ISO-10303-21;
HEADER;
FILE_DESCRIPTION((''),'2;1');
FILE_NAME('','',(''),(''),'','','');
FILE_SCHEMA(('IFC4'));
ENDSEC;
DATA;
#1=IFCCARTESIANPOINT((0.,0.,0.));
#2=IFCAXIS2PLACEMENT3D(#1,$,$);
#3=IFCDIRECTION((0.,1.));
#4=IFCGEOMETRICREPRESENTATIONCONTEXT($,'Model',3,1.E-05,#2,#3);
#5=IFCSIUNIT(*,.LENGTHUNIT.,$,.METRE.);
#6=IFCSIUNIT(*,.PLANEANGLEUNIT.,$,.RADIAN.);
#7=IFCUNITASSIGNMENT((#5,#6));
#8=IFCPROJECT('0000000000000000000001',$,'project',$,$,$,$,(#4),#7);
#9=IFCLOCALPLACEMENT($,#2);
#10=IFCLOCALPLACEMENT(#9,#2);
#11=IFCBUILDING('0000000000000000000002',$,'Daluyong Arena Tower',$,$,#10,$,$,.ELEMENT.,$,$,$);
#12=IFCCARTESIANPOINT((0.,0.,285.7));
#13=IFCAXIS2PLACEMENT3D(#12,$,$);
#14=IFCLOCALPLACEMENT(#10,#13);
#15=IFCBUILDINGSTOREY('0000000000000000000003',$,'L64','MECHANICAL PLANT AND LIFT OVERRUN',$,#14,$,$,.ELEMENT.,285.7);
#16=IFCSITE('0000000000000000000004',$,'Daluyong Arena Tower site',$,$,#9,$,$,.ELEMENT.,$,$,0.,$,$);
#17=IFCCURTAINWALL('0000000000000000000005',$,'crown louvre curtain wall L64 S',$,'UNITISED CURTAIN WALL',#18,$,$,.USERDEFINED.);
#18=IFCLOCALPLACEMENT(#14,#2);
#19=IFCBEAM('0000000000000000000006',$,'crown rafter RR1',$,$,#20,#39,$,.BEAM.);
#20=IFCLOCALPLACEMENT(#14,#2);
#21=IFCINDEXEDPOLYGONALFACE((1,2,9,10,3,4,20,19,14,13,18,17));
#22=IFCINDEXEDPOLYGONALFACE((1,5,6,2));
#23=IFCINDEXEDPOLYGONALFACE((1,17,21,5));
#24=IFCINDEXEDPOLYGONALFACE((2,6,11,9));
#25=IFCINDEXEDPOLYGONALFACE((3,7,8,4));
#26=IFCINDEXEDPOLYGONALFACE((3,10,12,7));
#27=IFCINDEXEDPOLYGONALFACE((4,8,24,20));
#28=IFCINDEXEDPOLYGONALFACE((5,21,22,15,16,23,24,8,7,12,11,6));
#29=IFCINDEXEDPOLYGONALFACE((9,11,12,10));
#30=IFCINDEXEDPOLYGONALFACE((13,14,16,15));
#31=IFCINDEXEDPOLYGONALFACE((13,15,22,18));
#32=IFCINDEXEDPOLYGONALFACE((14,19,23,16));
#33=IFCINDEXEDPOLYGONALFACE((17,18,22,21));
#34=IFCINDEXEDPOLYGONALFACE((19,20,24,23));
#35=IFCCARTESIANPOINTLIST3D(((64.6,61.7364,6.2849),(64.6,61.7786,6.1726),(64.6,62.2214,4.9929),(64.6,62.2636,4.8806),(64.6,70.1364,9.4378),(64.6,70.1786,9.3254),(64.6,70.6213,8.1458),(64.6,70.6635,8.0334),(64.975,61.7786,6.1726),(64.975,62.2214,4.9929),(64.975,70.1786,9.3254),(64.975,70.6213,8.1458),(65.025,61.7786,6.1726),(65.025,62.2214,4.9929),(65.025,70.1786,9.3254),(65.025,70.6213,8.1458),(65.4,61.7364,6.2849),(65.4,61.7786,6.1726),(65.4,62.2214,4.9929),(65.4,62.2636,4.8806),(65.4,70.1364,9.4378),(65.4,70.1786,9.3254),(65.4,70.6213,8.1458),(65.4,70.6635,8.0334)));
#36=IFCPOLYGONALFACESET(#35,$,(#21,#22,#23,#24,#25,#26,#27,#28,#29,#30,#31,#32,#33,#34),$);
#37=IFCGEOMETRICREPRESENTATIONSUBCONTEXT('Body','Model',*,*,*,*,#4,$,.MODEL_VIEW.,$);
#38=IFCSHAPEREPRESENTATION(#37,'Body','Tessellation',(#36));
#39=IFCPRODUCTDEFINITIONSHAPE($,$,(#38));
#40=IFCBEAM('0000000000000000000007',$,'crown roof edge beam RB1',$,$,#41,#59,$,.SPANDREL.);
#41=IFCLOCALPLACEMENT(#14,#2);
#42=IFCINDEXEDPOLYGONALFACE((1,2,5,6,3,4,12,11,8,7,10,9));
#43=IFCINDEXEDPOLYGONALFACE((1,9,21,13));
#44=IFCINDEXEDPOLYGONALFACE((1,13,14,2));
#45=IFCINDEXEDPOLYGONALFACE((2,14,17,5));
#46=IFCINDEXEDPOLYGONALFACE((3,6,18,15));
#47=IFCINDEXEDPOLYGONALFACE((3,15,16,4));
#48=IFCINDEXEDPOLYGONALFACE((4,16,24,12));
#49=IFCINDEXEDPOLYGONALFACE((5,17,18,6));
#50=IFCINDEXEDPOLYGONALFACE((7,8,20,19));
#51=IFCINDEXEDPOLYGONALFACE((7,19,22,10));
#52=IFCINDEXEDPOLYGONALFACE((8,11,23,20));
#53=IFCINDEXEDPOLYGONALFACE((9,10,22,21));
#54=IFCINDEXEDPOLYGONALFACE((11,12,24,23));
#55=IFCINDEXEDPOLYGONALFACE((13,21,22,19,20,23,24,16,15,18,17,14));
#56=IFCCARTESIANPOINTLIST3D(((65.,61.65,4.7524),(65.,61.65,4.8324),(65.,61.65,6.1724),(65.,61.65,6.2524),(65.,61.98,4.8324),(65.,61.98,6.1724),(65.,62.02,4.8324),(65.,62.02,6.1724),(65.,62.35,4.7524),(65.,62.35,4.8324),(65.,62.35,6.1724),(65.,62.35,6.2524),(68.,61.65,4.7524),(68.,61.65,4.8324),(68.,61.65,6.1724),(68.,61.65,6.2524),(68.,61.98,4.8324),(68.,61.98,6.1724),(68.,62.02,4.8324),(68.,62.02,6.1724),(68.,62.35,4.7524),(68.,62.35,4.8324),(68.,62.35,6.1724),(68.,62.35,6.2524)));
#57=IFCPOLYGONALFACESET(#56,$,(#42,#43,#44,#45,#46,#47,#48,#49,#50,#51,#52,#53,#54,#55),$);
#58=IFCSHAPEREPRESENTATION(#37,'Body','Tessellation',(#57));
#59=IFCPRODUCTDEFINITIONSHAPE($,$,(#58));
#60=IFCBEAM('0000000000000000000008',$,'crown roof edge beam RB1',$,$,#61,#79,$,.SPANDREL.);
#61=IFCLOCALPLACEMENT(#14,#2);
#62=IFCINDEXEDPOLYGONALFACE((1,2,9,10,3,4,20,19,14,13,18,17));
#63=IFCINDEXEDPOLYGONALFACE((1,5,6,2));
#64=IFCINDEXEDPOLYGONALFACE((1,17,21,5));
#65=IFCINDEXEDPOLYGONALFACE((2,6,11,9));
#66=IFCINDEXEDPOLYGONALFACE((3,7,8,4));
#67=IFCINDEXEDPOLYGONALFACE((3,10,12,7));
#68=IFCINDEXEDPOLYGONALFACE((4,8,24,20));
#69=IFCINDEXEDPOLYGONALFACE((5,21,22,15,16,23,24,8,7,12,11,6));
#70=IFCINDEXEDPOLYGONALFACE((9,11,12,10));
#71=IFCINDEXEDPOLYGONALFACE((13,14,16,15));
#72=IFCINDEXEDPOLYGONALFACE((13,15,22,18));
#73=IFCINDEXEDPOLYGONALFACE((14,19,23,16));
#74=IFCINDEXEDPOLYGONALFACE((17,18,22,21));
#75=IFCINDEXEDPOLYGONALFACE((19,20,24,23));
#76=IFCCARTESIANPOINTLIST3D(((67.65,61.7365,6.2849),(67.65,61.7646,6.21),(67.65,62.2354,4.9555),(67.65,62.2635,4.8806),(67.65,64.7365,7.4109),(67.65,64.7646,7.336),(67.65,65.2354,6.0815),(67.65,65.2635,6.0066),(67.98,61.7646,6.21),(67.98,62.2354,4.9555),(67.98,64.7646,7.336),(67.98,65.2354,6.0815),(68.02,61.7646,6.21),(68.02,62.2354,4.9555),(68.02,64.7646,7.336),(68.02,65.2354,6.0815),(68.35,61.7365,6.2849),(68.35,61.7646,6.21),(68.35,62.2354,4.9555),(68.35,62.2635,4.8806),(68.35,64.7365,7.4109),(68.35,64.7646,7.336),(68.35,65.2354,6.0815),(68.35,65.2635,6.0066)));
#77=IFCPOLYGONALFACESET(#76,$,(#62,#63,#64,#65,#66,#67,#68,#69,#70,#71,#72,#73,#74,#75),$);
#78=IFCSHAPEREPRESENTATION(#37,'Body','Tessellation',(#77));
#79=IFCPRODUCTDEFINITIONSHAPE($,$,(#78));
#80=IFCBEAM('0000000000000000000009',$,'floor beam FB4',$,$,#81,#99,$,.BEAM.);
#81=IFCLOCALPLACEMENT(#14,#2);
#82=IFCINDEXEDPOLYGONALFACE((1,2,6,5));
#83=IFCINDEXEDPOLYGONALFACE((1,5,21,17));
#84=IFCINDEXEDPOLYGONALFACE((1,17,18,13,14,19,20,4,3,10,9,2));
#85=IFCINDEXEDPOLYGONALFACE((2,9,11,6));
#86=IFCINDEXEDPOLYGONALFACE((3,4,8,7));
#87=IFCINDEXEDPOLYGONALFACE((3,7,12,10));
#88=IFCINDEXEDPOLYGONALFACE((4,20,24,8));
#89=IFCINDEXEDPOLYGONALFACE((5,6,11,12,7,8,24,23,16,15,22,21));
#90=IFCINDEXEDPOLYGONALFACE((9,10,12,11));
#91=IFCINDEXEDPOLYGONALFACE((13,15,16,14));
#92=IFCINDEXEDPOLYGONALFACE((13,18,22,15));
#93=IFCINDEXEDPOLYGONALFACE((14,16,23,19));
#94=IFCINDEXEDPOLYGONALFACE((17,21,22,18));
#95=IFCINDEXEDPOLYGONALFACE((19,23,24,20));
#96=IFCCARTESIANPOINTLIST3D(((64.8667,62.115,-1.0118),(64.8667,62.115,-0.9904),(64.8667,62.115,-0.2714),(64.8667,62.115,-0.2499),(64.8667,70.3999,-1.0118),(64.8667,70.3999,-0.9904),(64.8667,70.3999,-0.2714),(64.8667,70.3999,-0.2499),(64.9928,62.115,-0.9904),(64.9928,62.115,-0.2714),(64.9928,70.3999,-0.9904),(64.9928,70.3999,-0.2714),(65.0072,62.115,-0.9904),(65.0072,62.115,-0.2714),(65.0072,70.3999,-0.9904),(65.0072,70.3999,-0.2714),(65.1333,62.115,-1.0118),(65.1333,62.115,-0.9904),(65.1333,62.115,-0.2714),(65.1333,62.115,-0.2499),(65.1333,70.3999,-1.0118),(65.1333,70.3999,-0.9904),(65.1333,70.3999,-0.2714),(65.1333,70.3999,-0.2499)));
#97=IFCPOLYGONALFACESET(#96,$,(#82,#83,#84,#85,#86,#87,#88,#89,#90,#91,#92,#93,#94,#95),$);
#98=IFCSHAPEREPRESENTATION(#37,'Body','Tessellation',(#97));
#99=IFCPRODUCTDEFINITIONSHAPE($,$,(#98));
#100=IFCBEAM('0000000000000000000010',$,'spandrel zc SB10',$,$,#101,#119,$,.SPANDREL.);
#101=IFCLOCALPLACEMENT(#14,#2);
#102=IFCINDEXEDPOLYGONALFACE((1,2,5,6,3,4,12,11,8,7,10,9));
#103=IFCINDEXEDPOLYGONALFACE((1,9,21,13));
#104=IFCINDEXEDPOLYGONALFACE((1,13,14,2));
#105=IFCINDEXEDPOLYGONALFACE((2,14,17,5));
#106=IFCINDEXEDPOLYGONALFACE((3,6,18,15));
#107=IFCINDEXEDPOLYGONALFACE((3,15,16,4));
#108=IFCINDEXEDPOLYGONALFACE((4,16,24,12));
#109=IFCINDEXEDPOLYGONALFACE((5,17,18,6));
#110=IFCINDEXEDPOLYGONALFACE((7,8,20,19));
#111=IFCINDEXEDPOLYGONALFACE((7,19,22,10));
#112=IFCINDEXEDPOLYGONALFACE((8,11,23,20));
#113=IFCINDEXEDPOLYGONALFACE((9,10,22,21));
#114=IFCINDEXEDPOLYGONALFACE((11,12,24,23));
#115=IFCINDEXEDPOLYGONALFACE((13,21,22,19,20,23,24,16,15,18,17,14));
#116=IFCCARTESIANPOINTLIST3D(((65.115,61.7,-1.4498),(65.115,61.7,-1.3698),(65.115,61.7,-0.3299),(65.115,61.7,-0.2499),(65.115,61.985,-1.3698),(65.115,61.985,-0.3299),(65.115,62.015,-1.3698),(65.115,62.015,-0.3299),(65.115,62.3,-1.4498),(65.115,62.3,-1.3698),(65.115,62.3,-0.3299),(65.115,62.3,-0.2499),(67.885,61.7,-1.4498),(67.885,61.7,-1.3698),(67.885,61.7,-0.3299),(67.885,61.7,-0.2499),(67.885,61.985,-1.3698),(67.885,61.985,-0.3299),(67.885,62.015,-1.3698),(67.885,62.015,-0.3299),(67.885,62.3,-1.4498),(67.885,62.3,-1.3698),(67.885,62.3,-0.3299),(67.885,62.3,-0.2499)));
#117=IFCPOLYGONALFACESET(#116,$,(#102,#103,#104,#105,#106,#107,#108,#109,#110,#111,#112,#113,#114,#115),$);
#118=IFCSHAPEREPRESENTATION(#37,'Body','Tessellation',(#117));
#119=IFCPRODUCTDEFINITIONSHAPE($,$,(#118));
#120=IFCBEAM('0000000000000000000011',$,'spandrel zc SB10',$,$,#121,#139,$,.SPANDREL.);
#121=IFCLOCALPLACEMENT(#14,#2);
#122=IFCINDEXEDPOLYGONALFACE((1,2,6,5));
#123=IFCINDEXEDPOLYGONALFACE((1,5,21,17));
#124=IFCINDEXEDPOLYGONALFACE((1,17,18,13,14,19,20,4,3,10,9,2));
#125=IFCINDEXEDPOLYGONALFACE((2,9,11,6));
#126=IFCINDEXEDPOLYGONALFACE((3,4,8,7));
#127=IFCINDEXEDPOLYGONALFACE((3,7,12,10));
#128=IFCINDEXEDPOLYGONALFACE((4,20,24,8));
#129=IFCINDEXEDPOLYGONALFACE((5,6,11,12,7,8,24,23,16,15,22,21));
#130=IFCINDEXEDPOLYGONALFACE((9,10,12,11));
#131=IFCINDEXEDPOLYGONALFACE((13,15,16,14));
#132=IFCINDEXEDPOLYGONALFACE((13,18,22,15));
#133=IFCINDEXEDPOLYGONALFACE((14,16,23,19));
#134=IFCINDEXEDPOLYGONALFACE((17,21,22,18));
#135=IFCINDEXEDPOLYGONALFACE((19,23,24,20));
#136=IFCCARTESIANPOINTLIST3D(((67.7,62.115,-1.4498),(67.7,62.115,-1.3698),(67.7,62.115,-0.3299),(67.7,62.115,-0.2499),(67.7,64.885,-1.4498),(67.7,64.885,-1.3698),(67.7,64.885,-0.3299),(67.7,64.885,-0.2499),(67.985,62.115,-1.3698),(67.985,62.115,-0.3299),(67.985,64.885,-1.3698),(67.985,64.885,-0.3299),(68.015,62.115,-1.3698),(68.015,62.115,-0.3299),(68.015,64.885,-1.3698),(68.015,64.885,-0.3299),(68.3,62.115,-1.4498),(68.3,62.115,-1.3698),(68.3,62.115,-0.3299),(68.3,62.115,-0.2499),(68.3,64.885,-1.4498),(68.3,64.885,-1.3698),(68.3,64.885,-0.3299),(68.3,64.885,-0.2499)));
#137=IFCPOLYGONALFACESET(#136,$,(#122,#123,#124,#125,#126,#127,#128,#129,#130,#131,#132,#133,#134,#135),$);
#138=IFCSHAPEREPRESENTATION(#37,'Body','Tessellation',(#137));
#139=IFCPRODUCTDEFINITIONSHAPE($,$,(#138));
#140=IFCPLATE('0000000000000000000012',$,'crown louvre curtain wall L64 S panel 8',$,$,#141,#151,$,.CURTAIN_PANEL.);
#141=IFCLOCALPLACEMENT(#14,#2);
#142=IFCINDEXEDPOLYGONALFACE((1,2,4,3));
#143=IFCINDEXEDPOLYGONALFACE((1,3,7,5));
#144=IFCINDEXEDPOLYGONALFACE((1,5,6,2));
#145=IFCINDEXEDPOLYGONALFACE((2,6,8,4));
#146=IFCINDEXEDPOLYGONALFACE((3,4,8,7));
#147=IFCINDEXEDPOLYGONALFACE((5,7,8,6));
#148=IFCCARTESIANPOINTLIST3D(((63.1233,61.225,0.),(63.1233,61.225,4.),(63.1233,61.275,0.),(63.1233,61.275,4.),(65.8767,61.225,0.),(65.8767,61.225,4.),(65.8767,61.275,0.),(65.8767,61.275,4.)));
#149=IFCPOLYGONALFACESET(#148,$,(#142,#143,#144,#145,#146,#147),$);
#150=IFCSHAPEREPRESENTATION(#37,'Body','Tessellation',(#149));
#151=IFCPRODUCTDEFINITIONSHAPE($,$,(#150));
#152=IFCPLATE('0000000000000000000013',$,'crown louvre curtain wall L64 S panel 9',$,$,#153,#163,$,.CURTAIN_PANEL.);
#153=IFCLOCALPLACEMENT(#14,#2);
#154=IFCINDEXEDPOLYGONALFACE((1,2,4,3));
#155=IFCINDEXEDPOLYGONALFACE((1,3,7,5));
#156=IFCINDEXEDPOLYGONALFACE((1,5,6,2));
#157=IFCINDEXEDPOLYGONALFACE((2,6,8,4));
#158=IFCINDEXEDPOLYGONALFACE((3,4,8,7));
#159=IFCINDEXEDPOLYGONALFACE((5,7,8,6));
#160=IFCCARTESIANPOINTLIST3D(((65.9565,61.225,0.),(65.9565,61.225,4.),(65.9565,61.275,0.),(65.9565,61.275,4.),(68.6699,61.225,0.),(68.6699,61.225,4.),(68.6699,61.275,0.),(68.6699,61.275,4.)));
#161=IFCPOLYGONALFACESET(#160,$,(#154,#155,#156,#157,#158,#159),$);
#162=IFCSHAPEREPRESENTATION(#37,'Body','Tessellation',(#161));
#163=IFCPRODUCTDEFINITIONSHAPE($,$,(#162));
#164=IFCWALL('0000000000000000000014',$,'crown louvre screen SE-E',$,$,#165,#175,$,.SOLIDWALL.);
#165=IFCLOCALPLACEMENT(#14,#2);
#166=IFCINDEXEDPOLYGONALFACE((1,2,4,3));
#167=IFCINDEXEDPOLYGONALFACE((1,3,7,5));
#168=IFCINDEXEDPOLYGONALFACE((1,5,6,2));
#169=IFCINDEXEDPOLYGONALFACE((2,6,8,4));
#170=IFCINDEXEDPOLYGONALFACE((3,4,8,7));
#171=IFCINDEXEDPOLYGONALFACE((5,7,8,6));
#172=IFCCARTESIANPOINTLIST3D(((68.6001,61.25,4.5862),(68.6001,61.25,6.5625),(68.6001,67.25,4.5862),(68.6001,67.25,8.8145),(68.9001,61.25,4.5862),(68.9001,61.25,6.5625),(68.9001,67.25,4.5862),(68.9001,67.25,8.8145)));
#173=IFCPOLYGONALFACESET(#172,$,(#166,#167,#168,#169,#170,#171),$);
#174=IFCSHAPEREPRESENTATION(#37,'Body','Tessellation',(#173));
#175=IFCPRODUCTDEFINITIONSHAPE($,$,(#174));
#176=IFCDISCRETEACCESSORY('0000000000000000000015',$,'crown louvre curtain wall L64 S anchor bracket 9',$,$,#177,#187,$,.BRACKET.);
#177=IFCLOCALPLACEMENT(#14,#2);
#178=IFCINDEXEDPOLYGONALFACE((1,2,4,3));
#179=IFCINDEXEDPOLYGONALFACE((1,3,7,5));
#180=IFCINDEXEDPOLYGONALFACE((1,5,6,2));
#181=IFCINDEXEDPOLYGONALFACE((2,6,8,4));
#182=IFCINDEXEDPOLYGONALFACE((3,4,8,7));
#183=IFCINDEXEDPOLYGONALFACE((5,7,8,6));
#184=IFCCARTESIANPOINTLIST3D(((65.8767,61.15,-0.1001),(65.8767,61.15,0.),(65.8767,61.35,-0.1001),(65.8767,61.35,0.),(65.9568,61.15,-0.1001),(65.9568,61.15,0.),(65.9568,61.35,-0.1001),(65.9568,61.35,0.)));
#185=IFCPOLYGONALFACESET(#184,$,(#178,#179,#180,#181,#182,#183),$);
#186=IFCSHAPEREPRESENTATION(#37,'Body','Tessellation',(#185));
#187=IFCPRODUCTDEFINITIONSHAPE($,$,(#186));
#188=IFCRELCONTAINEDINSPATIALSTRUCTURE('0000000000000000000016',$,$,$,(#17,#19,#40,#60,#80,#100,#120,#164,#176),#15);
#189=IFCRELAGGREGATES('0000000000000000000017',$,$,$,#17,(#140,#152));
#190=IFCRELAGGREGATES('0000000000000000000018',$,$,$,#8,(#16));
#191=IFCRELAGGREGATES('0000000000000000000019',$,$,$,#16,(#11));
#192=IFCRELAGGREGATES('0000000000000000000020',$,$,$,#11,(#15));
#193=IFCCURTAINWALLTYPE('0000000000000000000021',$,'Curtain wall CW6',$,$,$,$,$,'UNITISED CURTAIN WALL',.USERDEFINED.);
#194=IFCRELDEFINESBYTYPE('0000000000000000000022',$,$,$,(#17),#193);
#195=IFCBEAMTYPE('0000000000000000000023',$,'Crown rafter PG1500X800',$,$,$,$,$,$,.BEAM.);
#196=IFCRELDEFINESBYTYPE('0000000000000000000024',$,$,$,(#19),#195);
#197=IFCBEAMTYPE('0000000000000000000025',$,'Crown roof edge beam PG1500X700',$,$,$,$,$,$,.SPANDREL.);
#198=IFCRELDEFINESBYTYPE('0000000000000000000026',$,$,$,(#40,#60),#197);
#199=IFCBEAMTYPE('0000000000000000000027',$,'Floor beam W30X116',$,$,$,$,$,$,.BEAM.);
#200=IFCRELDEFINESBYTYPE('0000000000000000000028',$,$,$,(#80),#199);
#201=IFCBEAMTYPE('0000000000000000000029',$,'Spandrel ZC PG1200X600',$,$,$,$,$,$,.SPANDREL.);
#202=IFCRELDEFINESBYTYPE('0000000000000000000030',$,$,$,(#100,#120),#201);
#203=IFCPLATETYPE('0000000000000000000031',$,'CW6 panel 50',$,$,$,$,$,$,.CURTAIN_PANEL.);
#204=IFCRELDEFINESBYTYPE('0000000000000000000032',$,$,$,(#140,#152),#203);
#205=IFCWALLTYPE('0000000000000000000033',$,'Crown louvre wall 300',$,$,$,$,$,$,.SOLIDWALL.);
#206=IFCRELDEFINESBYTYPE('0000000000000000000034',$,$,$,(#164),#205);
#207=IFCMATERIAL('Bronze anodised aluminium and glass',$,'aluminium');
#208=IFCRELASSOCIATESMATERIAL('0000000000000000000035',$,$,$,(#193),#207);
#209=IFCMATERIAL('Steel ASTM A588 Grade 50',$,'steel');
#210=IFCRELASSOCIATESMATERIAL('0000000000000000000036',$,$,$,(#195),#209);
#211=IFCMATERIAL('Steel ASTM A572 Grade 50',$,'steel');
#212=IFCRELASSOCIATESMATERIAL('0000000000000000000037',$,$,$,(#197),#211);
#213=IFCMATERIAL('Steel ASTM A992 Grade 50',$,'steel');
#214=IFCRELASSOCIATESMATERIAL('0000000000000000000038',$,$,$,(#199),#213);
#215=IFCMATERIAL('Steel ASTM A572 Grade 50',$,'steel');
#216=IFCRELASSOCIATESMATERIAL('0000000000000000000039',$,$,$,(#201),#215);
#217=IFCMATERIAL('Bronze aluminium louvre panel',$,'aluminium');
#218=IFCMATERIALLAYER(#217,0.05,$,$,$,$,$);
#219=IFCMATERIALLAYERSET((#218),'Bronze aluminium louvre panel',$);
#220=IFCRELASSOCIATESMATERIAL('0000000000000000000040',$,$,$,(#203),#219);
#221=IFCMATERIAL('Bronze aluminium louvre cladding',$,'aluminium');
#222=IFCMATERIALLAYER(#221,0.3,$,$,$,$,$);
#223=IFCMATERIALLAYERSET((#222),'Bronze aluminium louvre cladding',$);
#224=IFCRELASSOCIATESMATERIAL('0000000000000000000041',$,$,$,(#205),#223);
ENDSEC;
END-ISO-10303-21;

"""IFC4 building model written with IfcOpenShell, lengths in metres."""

from ifc_helpers import new_model, si_unit, direction, frame, origin, origin_2d, place, context, subcontext, project, spatial, polyline, rectangle, i_section, outline, extrude, material, layer, layer_set, material_profile, profile_set, type_object, element, aggregate, save


model = new_model("IFC4")

# Units and contexts
model_context = context("Model", 3, precision=1e-05, world=origin(), true_north=direction((0.0, 1.0)))
body_context = subcontext(model_context, "Body", "Model", "MODEL_VIEW")
ifc_project = project(units=[si_unit("LENGTHUNIT", "METRE"), si_unit("PLANEANGLEUNIT", "RADIAN")], contexts=[model_context])

# Site, building, storey
site_placement = place(None, origin())
site = spatial("IfcSite", under=ifc_project, at=site_placement, Name="Daluyong Arena Tower site", CompositionType="ELEMENT", RefElevation=0.0)
building_placement = place(site_placement, origin())
building = spatial("IfcBuilding", under=site, at=building_placement, Name="Daluyong Arena Tower", CompositionType="ELEMENT")
storey_placement = place(building_placement, frame((0.0, 0.0, 285.7)))
storey = spatial("IfcBuildingStorey", under=building, at=storey_placement, Name="L64", Description="MECHANICAL PLANT AND LIFT OVERRUN", CompositionType="ELEMENT", Elevation=285.7)

# Curtain wall
ifc_material_1 = material(Name="Bronze anodised aluminium and glass", Category="aluminium")
curtain_wall_type = type_object("IfcCurtainWallType", Name="Curtain wall CW6", ElementType="UNITISED CURTAIN WALL", PredefinedType="USERDEFINED", material=ifc_material_1)
curtain_wall_1_placement = place(storey_placement, origin())
curtain_wall_1 = element("IfcCurtainWall", 1, at=curtain_wall_1_placement, inside=storey, type_object=curtain_wall_type, Name="crown louvre curtain wall L64 S", ObjectType="UNITISED CURTAIN WALL", PredefinedType="USERDEFINED")

# Beams
ifc_material_2 = material(Name="Steel ASTM A588 Grade 50", Category="steel")
ifc_material_profile_1 = material_profile(ifc_material_2, i_section(OverallWidth=0.8, OverallDepth=1.5, WebThickness=0.05, FlangeThickness=0.12, at=origin_2d()))
ifc_profile_set_1 = profile_set([ifc_material_profile_1], Name="Steel ASTM A588 Grade 50")
beam_type_1 = type_object("IfcBeamType", Name="Crown rafter PG1500X800", PredefinedType="BEAM", material=ifc_profile_set_1)
beam_1_placement = place(storey_placement, frame((65.0, 62.0, 5.5828), z_axis=(0.0, 0.936224, 0.351404), x_axis=(-1.0, 0.0, 0.0)))
element("IfcBeam", 2, at=beam_1_placement, inside=storey, type_object=beam_type_1, Name="crown rafter RR1", PredefinedType="BEAM", context=body_context, shape_type="SweptSolid", body=[
    extrude(i_section(OverallWidth=0.8, OverallDepth=1.5, WebThickness=0.05, FlangeThickness=0.12, at=origin_2d()), origin(), (0.0, 0.0, 1.0), 8.9722),
])
ifc_material_3 = material(Name="Steel ASTM A572 Grade 50", Category="steel")
ifc_material_profile_2 = material_profile(ifc_material_3, i_section(OverallWidth=0.7, OverallDepth=1.5, WebThickness=0.04, FlangeThickness=0.08, at=origin_2d()))
ifc_profile_set_2 = profile_set([ifc_material_profile_2], Name="Steel ASTM A572 Grade 50")
beam_type_2 = type_object("IfcBeamType", Name="Crown roof edge beam PG1500X700", PredefinedType="SPANDREL", material=ifc_profile_set_2)
beam_2_placement = place(storey_placement, frame((65.0, 62.0, 5.5024), z_axis=(1.0, 0.0, 0.0), x_axis=(0.0, 1.0, 0.0)))
element("IfcBeam", 3, at=beam_2_placement, inside=storey, type_object=beam_type_2, Name="crown roof edge beam RB1", PredefinedType="SPANDREL", context=body_context, shape_type="SweptSolid", body=[
    extrude(i_section(OverallWidth=0.7, OverallDepth=1.5, WebThickness=0.04, FlangeThickness=0.08, at=origin_2d()), origin(), (0.0, 0.0, 1.0), 3.0),
])
beam_3_placement = place(storey_placement, frame((68.0, 62.0, 5.5828), z_axis=(0.0, 0.936229, 0.351391), x_axis=(-1.0, 0.0, 0.0)))
element("IfcBeam", 4, at=beam_3_placement, inside=storey, type_object=beam_type_2, Name="crown roof edge beam RB1", PredefinedType="SPANDREL", context=body_context, shape_type="SweptSolid", body=[
    extrude(i_section(OverallWidth=0.7, OverallDepth=1.5, WebThickness=0.04, FlangeThickness=0.08, at=origin_2d()), origin(), (0.0, 0.0, 1.0), 3.2043),
])
ifc_material_4 = material(Name="Steel ASTM A992 Grade 50", Category="steel")
ifc_material_profile_3 = material_profile(ifc_material_4, i_section(OverallWidth=0.2666, OverallDepth=0.762, WebThickness=0.0144, FlangeThickness=0.0215, at=origin_2d()))
ifc_profile_set_3 = profile_set([ifc_material_profile_3], Name="Steel ASTM A992 Grade 50")
beam_type_3 = type_object("IfcBeamType", Name="Floor beam W30X116", PredefinedType="BEAM", material=ifc_profile_set_3)
beam_4_placement = place(storey_placement, frame((65.0, 62.115, -0.6309), z_axis=(0.0, 1.0, 0.0), x_axis=(-1.0, 0.0, 0.0)))
element("IfcBeam", 5, at=beam_4_placement, inside=storey, type_object=beam_type_3, Name="floor beam FB4", PredefinedType="BEAM", context=body_context, shape_type="SweptSolid", body=[
    extrude(i_section(OverallWidth=0.2666, OverallDepth=0.762, WebThickness=0.0144, FlangeThickness=0.0215, at=origin_2d()), origin(), (0.0, 0.0, 1.0), 8.2849),
])
ifc_material_5 = material(Name="Steel ASTM A572 Grade 50", Category="steel")
ifc_material_profile_4 = material_profile(ifc_material_5, i_section(OverallWidth=0.6001, OverallDepth=1.2, WebThickness=0.03, FlangeThickness=0.08, at=origin_2d()))
ifc_profile_set_4 = profile_set([ifc_material_profile_4], Name="Steel ASTM A572 Grade 50")
beam_type_4 = type_object("IfcBeamType", Name="Spandrel ZC PG1200X600", PredefinedType="SPANDREL", material=ifc_profile_set_4)
for number, where, z_axis, x_axis, name in (
    (6, (65.115, 62.0, -0.8499), (1.0, 0.0, 0.0), (0.0, 1.0, 0.0), "spandrel zc SB10"),
    (7, (68.0, 62.115, -0.8499), (0.0, 1.0, 0.0), (-1.0, 0.0, 0.0), "spandrel zc SB10"),
):
    element("IfcBeam", number, at=place(storey_placement, frame(where, z_axis=z_axis, x_axis=x_axis)), inside=storey, type_object=beam_type_4, Name=name, PredefinedType="SPANDREL", context=body_context, shape_type="SweptSolid", body=[
        extrude(i_section(OverallWidth=0.6001, OverallDepth=1.2, WebThickness=0.03, FlangeThickness=0.08, at=origin_2d()), origin(), (0.0, 0.0, 1.0), 2.77),
    ])

# Plates
ifc_material_6 = material(Name="Bronze aluminium louvre panel", Category="aluminium")
ifc_layer_1 = layer(ifc_material_6, 0.05)
ifc_layer_set_1 = layer_set([ifc_layer_1], Name="Bronze aluminium louvre panel")
plate_type = type_object("IfcPlateType", Name="CW6 panel 50", PredefinedType="CURTAIN_PANEL", material=ifc_layer_set_1)
plate_1_placement = place(storey_placement, frame((64.5, 61.25, 0.0), z_axis=(0.0, 0.0, 1.0), x_axis=(1.0, 0.0, 0.0)))
plate_1 = element("IfcPlate", 8, at=plate_1_placement, type_object=plate_type, Name="crown louvre curtain wall L64 S panel 8", PredefinedType="CURTAIN_PANEL", context=body_context, shape_type="SweptSolid", body=[
    extrude(rectangle(XDim=2.7534, YDim=0.05, at=origin_2d()), origin(), (0.0, 0.0, 1.0), 4.0),
])
plate_2_placement = place(storey_placement, frame((67.3132, 61.25, 0.0), z_axis=(0.0, 0.0, 1.0), x_axis=(1.0, 0.0, 0.0)))
plate_2 = element("IfcPlate", 9, at=plate_2_placement, type_object=plate_type, Name="crown louvre curtain wall L64 S panel 9", PredefinedType="CURTAIN_PANEL", context=body_context, shape_type="SweptSolid", body=[
    extrude(rectangle(XDim=2.7134, YDim=0.05, at=origin_2d()), origin(), (0.0, 0.0, 1.0), 4.0),
])
aggregate(curtain_wall_1, [plate_1, plate_2])

# Wall
ifc_material_7 = material(Name="Bronze aluminium louvre cladding", Category="aluminium")
ifc_layer_2 = layer(ifc_material_7, 0.3)
ifc_layer_set_2 = layer_set([ifc_layer_2], Name="Bronze aluminium louvre cladding")
wall_type = type_object("IfcWallType", Name="Crown louvre wall 300", PredefinedType="SOLIDWALL", material=ifc_layer_set_2)
wall_placement = place(storey_placement, frame((68.75, 61.25, 4.5862), z_axis=(0.0, 0.0, 1.0), x_axis=(0.0, 1.0, 0.0)))
element("IfcWall", 10, at=wall_placement, inside=storey, type_object=wall_type, Name="crown louvre screen SE-E", PredefinedType="SOLIDWALL", context=body_context, shape_type="SweptSolid", body=[
    extrude(outline(polyline([(0.0, 0.0), (6.0, 0.0), (6.0, 4.2283), (0.0, 1.9763), (0.0, 0.0)])), frame((0.0, 0.1499, 0.0), z_axis=(0.0, -1.0, 0.0), x_axis=(1.0, 0.0, 0.0)), (0.0, 0.0, 1.0), 0.3),
])

# Discrete accessory
discrete_accessory_placement = place(storey_placement, frame((65.9167, 61.25, -0.1001), z_axis=(0.0, 0.0, 1.0), x_axis=(1.0, 0.0, 0.0)))
element("IfcDiscreteAccessory", 11, at=discrete_accessory_placement, inside=storey, Name="crown louvre curtain wall L64 S anchor bracket 9", PredefinedType="BRACKET", context=body_context, shape_type="SweptSolid", body=[
    extrude(rectangle(XDim=0.0801, YDim=0.2, at=origin_2d()), origin(), (0.0, 0.0, 1.0), 0.1001),
])

save(model, "model.ifc")
